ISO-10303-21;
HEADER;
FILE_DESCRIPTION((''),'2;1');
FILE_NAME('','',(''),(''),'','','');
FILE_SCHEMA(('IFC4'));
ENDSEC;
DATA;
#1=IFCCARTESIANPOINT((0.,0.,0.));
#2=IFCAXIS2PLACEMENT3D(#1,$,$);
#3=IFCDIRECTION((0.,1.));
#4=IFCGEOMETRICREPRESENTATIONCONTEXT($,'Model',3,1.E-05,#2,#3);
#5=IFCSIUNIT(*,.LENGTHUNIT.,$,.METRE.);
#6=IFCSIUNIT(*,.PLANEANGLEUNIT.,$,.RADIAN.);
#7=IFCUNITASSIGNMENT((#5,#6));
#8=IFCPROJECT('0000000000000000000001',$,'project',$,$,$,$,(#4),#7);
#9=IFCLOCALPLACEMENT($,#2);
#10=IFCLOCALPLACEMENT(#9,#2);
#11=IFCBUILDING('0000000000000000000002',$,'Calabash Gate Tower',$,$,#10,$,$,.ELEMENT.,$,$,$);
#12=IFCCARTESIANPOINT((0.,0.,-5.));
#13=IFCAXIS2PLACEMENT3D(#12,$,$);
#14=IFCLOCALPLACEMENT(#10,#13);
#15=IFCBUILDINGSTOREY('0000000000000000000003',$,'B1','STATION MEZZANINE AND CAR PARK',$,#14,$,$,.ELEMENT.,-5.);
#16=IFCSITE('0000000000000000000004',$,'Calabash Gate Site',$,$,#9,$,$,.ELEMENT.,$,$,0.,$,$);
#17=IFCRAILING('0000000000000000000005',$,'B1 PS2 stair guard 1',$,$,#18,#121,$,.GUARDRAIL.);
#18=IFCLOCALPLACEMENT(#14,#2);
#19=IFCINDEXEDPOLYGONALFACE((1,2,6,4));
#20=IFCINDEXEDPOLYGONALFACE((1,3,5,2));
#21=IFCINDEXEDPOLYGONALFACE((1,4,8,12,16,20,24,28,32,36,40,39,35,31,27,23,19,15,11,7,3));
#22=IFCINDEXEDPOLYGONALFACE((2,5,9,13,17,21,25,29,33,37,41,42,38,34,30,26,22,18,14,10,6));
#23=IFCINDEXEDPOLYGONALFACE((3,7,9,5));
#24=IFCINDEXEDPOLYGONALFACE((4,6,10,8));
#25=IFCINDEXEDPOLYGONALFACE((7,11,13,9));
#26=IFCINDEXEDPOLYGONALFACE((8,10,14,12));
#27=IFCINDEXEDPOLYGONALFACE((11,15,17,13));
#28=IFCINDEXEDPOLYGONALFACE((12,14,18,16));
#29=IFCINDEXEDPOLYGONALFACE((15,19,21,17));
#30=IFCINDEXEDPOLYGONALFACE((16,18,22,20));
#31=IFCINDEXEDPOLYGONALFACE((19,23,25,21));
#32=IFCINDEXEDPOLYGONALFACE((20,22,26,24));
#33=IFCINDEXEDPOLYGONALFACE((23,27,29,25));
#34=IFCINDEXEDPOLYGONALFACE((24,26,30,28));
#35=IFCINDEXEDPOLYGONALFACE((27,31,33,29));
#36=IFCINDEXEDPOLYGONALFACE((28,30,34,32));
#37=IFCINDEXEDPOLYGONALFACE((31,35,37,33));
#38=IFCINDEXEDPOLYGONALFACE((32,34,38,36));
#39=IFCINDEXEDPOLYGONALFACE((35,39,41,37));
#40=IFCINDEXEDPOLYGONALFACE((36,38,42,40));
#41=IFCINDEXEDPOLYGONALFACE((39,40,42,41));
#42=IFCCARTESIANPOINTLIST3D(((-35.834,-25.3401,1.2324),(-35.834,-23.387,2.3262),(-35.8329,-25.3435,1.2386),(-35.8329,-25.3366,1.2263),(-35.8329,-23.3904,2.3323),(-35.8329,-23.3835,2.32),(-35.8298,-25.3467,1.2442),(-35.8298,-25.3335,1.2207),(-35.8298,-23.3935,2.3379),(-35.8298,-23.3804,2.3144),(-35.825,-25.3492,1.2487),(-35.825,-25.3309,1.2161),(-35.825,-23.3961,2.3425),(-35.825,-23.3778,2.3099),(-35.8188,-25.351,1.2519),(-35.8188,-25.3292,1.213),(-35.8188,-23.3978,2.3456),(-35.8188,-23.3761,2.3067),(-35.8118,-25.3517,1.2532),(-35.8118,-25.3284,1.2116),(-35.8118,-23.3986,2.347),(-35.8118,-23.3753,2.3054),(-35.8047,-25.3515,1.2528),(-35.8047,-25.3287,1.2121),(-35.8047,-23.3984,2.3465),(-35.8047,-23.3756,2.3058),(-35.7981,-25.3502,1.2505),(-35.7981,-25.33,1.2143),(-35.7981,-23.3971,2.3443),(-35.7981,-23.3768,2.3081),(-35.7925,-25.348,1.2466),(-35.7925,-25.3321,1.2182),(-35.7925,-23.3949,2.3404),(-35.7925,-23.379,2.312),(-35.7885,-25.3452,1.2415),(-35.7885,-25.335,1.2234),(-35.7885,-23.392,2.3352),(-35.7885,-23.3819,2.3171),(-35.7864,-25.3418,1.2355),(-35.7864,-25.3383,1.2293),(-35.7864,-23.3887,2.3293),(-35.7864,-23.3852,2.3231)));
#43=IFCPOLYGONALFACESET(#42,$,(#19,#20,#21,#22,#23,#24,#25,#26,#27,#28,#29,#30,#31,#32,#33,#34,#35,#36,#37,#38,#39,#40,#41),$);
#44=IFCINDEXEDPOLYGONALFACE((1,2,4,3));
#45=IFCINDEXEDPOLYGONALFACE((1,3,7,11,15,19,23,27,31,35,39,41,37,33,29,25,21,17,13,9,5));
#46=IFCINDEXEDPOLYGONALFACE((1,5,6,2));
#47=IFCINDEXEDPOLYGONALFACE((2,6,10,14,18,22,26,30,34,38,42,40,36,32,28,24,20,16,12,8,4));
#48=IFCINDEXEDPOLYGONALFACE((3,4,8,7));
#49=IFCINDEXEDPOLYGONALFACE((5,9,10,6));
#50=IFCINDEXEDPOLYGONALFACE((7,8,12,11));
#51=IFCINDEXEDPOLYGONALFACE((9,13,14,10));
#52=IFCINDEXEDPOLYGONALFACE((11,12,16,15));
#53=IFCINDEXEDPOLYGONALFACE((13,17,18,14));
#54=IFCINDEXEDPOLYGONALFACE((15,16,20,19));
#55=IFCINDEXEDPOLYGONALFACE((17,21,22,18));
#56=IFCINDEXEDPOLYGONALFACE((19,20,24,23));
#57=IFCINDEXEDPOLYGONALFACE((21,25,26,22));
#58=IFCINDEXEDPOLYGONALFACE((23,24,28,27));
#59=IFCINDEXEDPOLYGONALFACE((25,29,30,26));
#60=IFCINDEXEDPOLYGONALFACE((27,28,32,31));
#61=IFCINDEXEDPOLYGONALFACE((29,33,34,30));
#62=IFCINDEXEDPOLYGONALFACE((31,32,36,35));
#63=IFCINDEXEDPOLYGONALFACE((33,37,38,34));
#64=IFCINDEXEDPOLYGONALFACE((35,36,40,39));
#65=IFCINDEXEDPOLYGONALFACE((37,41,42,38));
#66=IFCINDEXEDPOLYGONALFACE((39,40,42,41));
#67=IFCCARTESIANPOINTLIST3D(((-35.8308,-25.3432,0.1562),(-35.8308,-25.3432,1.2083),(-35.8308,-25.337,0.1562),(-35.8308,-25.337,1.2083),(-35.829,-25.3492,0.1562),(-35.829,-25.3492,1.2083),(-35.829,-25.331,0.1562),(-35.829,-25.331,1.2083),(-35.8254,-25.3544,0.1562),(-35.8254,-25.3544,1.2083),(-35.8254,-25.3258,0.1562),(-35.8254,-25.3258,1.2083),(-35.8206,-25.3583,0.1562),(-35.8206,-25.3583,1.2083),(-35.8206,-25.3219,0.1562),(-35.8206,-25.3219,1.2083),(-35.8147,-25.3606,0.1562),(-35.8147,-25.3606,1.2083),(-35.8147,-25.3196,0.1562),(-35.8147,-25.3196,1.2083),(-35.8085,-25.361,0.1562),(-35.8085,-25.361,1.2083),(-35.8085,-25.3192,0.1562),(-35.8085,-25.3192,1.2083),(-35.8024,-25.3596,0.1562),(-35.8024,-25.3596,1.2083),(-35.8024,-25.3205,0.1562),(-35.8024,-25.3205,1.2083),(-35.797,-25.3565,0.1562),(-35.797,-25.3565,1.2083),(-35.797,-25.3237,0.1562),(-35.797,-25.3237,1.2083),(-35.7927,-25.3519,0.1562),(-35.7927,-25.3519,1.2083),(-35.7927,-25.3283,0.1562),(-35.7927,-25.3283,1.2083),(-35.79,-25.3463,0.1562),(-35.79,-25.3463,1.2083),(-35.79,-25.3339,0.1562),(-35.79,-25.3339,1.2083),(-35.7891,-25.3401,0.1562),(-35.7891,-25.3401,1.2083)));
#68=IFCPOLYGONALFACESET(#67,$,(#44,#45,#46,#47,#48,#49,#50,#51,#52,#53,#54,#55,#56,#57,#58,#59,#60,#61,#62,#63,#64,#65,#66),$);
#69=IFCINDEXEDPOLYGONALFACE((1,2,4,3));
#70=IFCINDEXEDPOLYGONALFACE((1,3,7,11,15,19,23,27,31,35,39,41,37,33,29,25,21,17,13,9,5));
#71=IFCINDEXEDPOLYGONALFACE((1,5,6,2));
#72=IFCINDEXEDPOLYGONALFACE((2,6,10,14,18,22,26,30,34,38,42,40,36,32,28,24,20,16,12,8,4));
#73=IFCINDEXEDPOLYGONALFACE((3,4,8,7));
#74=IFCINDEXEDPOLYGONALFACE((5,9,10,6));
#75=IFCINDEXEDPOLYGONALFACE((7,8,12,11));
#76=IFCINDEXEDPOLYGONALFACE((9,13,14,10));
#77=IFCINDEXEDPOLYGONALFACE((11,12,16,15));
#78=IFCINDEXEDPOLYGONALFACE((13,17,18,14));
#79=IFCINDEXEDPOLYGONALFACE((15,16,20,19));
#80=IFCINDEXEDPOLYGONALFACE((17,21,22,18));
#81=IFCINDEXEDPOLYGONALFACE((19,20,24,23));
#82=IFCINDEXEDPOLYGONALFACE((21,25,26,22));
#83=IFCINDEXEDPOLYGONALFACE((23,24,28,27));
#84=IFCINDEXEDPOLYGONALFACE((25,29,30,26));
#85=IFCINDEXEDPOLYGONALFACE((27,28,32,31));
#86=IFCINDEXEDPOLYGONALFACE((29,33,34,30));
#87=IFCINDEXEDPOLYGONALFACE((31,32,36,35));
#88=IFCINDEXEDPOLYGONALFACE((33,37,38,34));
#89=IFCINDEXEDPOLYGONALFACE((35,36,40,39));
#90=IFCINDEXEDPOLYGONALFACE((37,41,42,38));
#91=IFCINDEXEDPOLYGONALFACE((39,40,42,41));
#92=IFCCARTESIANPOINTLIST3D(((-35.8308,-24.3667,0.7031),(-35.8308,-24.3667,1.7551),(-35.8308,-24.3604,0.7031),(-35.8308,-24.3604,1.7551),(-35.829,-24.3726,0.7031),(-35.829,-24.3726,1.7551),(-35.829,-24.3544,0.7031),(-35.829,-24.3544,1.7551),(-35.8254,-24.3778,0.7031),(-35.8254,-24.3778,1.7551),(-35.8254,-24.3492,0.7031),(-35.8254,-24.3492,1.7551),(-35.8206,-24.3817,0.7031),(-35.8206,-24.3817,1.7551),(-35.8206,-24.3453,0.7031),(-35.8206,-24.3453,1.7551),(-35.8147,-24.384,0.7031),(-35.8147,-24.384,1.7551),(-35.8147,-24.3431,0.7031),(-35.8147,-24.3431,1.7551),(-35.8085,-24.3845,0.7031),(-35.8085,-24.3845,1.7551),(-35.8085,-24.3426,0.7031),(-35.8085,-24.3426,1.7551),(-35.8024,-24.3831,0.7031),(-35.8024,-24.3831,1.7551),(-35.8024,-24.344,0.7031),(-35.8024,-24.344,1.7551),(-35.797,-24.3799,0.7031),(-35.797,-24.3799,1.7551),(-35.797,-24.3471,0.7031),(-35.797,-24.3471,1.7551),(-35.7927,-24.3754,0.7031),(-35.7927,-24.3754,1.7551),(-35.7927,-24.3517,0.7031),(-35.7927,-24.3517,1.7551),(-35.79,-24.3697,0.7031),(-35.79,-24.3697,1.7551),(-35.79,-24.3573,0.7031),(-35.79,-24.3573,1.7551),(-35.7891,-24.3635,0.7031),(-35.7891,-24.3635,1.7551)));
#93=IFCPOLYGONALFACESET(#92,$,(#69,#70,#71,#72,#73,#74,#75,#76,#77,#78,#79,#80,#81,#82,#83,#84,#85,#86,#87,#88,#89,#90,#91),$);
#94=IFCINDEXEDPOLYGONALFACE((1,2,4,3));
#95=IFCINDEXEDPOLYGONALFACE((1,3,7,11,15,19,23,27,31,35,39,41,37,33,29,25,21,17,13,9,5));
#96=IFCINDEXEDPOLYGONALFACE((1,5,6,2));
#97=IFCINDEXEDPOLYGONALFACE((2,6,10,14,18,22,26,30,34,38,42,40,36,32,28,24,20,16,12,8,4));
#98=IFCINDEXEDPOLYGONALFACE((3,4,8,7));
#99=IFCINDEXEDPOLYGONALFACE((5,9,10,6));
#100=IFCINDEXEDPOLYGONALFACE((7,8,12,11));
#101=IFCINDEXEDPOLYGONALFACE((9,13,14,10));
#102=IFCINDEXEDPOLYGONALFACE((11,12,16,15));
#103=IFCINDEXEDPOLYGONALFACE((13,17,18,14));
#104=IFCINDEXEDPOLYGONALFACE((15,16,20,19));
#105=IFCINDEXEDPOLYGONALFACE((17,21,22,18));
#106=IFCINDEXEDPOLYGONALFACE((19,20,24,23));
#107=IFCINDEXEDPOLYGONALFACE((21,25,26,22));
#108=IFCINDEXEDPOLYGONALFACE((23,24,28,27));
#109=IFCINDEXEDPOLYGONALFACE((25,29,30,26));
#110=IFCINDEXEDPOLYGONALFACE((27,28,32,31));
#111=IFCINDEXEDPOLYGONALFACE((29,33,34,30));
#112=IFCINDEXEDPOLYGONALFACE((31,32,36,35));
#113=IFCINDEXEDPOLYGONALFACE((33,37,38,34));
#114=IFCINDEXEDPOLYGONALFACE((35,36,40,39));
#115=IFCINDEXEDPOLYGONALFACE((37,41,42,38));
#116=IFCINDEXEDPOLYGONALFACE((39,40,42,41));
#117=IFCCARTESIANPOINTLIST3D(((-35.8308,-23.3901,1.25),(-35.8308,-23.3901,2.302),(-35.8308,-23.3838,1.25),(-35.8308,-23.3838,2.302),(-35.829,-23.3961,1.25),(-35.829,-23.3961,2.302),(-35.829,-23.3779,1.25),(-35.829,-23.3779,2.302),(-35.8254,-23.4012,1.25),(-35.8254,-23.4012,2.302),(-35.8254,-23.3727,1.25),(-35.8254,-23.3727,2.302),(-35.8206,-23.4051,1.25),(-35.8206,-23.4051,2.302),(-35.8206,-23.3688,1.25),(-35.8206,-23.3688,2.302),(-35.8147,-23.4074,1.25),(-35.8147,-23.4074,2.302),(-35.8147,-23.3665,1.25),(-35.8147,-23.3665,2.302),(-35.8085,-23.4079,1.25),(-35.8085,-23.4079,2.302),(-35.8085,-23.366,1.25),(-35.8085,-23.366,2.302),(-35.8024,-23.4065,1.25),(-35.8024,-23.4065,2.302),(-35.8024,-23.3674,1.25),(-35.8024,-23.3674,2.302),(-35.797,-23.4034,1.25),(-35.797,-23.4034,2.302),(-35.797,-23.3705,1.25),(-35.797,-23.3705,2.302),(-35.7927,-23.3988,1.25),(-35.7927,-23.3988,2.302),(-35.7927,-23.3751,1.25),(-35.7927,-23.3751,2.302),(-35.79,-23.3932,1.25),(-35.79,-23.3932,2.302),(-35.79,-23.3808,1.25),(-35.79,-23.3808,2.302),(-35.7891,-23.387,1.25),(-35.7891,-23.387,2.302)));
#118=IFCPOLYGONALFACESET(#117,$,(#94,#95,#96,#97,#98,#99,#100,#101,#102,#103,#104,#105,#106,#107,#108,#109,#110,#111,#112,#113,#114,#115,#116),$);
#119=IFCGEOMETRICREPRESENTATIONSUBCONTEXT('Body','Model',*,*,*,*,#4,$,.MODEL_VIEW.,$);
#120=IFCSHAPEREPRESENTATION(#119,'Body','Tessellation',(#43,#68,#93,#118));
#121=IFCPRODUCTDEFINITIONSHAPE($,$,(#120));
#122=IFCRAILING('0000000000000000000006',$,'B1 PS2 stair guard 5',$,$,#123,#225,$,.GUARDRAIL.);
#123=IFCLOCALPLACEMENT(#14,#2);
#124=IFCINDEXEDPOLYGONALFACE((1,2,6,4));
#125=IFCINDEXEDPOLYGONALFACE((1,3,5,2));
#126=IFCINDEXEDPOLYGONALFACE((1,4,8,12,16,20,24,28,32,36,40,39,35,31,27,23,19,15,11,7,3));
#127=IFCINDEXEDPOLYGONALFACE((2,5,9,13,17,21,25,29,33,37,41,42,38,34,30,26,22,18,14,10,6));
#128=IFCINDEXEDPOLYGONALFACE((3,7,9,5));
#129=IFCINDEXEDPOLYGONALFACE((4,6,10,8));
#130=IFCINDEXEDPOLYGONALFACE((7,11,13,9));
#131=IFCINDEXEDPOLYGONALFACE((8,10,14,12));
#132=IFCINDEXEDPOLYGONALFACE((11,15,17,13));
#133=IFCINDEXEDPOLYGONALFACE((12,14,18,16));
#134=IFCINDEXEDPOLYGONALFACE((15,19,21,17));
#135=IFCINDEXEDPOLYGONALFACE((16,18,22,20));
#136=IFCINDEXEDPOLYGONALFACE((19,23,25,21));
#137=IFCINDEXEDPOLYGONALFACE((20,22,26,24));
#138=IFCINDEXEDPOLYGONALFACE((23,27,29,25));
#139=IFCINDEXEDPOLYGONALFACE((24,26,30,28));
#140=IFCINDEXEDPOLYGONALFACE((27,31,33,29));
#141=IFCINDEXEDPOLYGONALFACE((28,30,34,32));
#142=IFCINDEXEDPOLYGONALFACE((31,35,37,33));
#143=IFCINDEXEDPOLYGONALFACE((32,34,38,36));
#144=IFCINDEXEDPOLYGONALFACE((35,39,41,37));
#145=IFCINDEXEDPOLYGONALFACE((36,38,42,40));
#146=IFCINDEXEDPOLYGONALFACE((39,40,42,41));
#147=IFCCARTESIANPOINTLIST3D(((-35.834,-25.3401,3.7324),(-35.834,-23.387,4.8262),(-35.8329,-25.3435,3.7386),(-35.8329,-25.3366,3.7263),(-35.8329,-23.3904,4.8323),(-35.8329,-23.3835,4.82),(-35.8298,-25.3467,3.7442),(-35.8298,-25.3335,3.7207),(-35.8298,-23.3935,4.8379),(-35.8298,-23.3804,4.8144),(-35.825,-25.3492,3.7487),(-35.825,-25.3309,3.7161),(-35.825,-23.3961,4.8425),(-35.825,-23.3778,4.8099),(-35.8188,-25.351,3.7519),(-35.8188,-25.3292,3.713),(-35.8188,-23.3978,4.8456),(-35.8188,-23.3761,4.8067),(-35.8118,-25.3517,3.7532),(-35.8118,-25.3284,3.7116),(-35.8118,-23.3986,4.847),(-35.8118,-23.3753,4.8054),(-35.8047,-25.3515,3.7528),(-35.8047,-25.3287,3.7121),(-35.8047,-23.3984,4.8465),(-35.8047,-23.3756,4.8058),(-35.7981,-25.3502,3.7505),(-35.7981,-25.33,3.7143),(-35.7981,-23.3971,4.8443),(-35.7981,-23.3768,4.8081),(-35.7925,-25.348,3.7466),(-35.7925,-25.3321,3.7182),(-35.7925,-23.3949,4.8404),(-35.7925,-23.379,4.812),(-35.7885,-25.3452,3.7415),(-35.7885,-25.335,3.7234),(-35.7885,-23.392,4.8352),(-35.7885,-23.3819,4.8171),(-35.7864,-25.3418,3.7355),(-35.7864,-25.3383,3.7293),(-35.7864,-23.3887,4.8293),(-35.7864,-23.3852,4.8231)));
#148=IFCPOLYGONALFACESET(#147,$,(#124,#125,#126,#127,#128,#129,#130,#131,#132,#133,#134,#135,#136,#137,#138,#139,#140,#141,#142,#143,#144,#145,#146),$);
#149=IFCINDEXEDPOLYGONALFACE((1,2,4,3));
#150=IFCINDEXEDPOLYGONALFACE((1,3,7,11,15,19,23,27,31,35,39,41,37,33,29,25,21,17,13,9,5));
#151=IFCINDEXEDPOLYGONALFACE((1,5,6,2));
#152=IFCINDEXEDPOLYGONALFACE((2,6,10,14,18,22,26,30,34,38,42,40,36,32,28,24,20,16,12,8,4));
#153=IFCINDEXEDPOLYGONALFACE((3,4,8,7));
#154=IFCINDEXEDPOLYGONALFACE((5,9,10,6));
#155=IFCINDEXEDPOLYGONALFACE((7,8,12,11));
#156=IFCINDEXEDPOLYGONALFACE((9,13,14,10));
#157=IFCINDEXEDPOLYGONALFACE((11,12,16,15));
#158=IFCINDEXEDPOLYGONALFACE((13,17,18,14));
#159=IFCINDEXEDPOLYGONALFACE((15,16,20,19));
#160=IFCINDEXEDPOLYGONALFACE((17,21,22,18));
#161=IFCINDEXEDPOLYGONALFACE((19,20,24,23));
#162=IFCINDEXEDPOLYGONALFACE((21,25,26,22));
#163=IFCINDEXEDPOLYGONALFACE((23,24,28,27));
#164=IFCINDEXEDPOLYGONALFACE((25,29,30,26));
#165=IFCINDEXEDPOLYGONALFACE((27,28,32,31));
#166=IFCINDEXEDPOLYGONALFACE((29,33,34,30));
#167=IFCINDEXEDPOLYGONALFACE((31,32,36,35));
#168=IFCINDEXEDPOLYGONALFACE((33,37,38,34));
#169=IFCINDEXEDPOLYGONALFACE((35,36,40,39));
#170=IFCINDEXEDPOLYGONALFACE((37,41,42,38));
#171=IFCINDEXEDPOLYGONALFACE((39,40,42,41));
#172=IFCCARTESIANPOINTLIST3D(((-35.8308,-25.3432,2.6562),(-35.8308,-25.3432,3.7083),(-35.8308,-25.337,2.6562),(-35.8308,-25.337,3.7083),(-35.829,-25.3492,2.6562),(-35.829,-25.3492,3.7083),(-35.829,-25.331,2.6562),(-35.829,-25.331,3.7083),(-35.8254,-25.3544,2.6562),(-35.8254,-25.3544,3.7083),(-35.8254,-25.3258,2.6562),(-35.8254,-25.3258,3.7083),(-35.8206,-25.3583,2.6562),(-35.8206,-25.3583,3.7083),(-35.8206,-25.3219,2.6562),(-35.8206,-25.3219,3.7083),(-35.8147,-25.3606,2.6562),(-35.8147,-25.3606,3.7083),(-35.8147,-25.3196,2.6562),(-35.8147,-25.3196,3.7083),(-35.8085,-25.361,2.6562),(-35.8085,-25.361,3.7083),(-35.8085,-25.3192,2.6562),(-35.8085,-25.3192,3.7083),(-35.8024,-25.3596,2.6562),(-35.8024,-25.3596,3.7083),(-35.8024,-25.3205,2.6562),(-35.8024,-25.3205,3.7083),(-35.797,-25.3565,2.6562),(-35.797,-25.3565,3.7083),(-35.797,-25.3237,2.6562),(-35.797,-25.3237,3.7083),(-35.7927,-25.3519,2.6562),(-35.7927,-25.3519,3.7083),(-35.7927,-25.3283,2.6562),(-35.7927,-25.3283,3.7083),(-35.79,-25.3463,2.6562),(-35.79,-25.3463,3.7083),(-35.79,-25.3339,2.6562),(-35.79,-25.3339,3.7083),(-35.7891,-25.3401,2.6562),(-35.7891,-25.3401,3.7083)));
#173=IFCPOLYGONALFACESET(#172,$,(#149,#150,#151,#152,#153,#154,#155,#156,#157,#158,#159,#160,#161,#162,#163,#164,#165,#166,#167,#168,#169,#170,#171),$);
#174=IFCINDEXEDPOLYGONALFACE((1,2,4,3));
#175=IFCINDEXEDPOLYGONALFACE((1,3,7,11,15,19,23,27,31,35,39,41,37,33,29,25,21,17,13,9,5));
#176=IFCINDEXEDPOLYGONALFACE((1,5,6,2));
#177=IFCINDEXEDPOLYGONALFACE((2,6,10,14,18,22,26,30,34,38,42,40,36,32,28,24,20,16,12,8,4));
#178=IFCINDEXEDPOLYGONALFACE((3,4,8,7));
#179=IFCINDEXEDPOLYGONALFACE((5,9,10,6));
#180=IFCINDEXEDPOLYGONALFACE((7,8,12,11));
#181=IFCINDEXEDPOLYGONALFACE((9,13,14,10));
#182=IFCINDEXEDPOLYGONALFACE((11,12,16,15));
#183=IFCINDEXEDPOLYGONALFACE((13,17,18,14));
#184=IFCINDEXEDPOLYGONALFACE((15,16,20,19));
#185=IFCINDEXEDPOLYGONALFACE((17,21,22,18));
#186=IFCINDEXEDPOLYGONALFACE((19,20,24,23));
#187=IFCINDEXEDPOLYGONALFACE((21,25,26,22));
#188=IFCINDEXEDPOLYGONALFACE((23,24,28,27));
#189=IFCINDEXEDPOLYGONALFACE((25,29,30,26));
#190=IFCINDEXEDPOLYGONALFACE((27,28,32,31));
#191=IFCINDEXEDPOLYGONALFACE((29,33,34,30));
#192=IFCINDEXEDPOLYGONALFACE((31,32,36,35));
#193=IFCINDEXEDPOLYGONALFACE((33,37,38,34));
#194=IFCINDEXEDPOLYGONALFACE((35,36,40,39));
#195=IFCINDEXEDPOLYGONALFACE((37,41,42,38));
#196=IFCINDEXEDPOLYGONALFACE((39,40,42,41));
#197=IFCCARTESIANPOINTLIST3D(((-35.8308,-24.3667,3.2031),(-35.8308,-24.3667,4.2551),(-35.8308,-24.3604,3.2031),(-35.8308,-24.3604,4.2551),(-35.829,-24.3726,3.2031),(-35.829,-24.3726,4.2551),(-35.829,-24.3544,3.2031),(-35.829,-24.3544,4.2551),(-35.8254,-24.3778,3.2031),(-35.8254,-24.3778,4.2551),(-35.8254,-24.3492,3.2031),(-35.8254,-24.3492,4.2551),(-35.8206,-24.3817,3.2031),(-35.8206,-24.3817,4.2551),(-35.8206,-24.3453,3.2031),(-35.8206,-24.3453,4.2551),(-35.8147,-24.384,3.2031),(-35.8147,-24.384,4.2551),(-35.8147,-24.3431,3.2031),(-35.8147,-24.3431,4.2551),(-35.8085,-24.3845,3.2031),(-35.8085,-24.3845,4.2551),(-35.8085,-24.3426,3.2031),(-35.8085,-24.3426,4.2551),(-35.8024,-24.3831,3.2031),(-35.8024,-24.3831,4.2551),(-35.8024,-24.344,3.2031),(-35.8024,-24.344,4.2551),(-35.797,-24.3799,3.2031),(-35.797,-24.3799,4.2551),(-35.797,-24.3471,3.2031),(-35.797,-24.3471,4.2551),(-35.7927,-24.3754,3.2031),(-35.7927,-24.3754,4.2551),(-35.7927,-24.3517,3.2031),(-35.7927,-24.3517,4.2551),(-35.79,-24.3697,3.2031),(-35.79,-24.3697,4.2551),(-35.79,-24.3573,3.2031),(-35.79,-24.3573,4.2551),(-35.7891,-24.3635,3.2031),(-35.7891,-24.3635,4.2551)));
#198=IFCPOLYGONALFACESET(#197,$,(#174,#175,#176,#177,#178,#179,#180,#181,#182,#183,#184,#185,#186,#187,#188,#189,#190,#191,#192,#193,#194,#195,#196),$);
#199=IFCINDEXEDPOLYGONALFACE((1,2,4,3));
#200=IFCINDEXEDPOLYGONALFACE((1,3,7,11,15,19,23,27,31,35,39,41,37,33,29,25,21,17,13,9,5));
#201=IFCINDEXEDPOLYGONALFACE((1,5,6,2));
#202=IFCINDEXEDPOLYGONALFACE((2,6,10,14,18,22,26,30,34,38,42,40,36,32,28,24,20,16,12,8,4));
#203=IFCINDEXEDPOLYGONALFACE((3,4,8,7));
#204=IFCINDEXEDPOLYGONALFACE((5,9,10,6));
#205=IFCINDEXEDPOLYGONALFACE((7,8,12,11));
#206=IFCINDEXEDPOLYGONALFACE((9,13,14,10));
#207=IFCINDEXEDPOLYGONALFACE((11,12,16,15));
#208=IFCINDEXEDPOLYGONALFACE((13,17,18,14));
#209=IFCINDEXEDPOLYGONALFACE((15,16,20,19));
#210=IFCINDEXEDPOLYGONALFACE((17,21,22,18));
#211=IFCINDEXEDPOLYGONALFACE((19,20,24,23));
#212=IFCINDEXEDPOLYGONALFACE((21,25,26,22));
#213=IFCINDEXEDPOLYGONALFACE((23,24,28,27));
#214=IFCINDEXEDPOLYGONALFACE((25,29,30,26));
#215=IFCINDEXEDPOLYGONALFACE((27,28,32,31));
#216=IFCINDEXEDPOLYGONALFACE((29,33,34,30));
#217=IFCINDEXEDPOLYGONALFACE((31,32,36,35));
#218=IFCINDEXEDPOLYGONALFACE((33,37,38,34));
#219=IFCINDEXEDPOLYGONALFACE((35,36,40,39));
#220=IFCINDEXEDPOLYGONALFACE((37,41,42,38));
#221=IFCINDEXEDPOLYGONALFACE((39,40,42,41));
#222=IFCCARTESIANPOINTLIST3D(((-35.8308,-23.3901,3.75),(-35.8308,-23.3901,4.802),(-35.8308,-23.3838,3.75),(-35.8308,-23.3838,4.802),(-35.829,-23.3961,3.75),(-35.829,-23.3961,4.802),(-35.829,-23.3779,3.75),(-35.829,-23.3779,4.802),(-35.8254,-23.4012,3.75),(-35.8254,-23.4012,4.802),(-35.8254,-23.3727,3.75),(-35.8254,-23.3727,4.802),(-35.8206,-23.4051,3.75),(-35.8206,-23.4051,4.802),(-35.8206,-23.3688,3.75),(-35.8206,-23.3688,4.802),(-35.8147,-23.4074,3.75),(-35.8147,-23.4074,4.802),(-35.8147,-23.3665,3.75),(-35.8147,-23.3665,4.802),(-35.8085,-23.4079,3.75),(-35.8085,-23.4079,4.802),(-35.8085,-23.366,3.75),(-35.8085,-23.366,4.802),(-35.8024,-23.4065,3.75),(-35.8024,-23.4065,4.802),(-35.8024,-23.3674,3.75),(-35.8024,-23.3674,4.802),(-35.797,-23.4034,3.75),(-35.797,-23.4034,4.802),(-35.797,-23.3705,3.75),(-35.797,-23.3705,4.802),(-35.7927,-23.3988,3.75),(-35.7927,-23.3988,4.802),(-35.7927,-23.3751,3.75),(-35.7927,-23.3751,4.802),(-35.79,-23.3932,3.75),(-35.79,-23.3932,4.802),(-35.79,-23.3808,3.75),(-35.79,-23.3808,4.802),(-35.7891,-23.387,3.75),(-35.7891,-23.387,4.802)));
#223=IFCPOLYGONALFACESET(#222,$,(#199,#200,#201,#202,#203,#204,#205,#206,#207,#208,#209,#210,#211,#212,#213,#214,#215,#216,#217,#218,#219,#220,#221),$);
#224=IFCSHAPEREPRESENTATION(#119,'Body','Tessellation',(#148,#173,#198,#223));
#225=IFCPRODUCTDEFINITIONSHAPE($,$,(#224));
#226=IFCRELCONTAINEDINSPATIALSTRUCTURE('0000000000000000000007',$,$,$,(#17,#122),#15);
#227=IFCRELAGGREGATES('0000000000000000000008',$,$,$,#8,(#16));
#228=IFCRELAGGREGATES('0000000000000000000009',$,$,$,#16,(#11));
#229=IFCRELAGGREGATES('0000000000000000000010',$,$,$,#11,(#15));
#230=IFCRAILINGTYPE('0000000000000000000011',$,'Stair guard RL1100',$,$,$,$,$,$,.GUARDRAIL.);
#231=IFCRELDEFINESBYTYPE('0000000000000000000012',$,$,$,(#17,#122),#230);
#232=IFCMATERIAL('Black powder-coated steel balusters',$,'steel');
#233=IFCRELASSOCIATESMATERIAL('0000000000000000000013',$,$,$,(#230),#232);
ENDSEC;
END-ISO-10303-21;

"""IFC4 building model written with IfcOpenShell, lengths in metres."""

from ifc_helpers import new_model, si_unit, direction, frame, origin, origin_2d, place, context, subcontext, project, spatial, circle, extrude, material, type_object, element, save


model = new_model("IFC4")

# Units and contexts
model_context = context("Model", 3, precision=1e-05, world=origin(), true_north=direction((0.0, 1.0)))
body_context = subcontext(model_context, "Body", "Model", "MODEL_VIEW")
ifc_project = project(units=[si_unit("LENGTHUNIT", "METRE"), si_unit("PLANEANGLEUNIT", "RADIAN")], contexts=[model_context])

# Site, building, storey
site_placement = place(None, origin())
site = spatial("IfcSite", under=ifc_project, at=site_placement, Name="Calabash Gate Site", CompositionType="ELEMENT", RefElevation=0.0)
building_placement = place(site_placement, origin())
building = spatial("IfcBuilding", under=site, at=building_placement, Name="Calabash Gate Tower", CompositionType="ELEMENT")
storey_placement = place(building_placement, frame((0.0, 0.0, -5.0)))
storey = spatial("IfcBuildingStorey", under=building, at=storey_placement, Name="B1", Description="STATION MEZZANINE AND CAR PARK", CompositionType="ELEMENT", Elevation=-5.0)

# Railings
ifc_material_1 = material(Name="Black powder-coated steel balusters", Category="steel")
railing_type_1 = type_object("IfcRailingType", Name="Stair guard RL1100", PredefinedType="GUARDRAIL", material=ifc_material_1)
for number, where, name in (
    (1, (-35.8101, -25.3401, 0.1562), "B1 PS2 stair guard 1"),
    (2, (-35.8101, -25.3401, 2.6562), "B1 PS2 stair guard 5"),
):
    element("IfcRailing", number, at=place(storey_placement, frame(where)), inside=storey, type_object=railing_type_1, Name=name, PredefinedType="GUARDRAIL", context=body_context, shape_type="SweptSolid", body=[
        extrude(circle(Radius=0.0239, at=origin_2d()), frame((0.0, 0.0, 1.0762), z_axis=(0.0, 0.872506, 0.488603), x_axis=(-1.0, 0.0, 0.0)), (0.0, 0.0, 1.0), 2.2385),
        extrude(circle(Radius=0.021, at=origin_2d()), origin(), (0.0, 0.0, 1.0), 1.052),
        extrude(circle(Radius=0.021, at=origin_2d()), frame((0.0, 0.9766, 0.5469)), (0.0, 0.0, 1.0), 1.052),
        extrude(circle(Radius=0.021, at=origin_2d()), frame((0.0, 1.9531, 1.0938)), (0.0, 0.0, 1.0), 1.052),
    ])

save(model, "model.ifc")
